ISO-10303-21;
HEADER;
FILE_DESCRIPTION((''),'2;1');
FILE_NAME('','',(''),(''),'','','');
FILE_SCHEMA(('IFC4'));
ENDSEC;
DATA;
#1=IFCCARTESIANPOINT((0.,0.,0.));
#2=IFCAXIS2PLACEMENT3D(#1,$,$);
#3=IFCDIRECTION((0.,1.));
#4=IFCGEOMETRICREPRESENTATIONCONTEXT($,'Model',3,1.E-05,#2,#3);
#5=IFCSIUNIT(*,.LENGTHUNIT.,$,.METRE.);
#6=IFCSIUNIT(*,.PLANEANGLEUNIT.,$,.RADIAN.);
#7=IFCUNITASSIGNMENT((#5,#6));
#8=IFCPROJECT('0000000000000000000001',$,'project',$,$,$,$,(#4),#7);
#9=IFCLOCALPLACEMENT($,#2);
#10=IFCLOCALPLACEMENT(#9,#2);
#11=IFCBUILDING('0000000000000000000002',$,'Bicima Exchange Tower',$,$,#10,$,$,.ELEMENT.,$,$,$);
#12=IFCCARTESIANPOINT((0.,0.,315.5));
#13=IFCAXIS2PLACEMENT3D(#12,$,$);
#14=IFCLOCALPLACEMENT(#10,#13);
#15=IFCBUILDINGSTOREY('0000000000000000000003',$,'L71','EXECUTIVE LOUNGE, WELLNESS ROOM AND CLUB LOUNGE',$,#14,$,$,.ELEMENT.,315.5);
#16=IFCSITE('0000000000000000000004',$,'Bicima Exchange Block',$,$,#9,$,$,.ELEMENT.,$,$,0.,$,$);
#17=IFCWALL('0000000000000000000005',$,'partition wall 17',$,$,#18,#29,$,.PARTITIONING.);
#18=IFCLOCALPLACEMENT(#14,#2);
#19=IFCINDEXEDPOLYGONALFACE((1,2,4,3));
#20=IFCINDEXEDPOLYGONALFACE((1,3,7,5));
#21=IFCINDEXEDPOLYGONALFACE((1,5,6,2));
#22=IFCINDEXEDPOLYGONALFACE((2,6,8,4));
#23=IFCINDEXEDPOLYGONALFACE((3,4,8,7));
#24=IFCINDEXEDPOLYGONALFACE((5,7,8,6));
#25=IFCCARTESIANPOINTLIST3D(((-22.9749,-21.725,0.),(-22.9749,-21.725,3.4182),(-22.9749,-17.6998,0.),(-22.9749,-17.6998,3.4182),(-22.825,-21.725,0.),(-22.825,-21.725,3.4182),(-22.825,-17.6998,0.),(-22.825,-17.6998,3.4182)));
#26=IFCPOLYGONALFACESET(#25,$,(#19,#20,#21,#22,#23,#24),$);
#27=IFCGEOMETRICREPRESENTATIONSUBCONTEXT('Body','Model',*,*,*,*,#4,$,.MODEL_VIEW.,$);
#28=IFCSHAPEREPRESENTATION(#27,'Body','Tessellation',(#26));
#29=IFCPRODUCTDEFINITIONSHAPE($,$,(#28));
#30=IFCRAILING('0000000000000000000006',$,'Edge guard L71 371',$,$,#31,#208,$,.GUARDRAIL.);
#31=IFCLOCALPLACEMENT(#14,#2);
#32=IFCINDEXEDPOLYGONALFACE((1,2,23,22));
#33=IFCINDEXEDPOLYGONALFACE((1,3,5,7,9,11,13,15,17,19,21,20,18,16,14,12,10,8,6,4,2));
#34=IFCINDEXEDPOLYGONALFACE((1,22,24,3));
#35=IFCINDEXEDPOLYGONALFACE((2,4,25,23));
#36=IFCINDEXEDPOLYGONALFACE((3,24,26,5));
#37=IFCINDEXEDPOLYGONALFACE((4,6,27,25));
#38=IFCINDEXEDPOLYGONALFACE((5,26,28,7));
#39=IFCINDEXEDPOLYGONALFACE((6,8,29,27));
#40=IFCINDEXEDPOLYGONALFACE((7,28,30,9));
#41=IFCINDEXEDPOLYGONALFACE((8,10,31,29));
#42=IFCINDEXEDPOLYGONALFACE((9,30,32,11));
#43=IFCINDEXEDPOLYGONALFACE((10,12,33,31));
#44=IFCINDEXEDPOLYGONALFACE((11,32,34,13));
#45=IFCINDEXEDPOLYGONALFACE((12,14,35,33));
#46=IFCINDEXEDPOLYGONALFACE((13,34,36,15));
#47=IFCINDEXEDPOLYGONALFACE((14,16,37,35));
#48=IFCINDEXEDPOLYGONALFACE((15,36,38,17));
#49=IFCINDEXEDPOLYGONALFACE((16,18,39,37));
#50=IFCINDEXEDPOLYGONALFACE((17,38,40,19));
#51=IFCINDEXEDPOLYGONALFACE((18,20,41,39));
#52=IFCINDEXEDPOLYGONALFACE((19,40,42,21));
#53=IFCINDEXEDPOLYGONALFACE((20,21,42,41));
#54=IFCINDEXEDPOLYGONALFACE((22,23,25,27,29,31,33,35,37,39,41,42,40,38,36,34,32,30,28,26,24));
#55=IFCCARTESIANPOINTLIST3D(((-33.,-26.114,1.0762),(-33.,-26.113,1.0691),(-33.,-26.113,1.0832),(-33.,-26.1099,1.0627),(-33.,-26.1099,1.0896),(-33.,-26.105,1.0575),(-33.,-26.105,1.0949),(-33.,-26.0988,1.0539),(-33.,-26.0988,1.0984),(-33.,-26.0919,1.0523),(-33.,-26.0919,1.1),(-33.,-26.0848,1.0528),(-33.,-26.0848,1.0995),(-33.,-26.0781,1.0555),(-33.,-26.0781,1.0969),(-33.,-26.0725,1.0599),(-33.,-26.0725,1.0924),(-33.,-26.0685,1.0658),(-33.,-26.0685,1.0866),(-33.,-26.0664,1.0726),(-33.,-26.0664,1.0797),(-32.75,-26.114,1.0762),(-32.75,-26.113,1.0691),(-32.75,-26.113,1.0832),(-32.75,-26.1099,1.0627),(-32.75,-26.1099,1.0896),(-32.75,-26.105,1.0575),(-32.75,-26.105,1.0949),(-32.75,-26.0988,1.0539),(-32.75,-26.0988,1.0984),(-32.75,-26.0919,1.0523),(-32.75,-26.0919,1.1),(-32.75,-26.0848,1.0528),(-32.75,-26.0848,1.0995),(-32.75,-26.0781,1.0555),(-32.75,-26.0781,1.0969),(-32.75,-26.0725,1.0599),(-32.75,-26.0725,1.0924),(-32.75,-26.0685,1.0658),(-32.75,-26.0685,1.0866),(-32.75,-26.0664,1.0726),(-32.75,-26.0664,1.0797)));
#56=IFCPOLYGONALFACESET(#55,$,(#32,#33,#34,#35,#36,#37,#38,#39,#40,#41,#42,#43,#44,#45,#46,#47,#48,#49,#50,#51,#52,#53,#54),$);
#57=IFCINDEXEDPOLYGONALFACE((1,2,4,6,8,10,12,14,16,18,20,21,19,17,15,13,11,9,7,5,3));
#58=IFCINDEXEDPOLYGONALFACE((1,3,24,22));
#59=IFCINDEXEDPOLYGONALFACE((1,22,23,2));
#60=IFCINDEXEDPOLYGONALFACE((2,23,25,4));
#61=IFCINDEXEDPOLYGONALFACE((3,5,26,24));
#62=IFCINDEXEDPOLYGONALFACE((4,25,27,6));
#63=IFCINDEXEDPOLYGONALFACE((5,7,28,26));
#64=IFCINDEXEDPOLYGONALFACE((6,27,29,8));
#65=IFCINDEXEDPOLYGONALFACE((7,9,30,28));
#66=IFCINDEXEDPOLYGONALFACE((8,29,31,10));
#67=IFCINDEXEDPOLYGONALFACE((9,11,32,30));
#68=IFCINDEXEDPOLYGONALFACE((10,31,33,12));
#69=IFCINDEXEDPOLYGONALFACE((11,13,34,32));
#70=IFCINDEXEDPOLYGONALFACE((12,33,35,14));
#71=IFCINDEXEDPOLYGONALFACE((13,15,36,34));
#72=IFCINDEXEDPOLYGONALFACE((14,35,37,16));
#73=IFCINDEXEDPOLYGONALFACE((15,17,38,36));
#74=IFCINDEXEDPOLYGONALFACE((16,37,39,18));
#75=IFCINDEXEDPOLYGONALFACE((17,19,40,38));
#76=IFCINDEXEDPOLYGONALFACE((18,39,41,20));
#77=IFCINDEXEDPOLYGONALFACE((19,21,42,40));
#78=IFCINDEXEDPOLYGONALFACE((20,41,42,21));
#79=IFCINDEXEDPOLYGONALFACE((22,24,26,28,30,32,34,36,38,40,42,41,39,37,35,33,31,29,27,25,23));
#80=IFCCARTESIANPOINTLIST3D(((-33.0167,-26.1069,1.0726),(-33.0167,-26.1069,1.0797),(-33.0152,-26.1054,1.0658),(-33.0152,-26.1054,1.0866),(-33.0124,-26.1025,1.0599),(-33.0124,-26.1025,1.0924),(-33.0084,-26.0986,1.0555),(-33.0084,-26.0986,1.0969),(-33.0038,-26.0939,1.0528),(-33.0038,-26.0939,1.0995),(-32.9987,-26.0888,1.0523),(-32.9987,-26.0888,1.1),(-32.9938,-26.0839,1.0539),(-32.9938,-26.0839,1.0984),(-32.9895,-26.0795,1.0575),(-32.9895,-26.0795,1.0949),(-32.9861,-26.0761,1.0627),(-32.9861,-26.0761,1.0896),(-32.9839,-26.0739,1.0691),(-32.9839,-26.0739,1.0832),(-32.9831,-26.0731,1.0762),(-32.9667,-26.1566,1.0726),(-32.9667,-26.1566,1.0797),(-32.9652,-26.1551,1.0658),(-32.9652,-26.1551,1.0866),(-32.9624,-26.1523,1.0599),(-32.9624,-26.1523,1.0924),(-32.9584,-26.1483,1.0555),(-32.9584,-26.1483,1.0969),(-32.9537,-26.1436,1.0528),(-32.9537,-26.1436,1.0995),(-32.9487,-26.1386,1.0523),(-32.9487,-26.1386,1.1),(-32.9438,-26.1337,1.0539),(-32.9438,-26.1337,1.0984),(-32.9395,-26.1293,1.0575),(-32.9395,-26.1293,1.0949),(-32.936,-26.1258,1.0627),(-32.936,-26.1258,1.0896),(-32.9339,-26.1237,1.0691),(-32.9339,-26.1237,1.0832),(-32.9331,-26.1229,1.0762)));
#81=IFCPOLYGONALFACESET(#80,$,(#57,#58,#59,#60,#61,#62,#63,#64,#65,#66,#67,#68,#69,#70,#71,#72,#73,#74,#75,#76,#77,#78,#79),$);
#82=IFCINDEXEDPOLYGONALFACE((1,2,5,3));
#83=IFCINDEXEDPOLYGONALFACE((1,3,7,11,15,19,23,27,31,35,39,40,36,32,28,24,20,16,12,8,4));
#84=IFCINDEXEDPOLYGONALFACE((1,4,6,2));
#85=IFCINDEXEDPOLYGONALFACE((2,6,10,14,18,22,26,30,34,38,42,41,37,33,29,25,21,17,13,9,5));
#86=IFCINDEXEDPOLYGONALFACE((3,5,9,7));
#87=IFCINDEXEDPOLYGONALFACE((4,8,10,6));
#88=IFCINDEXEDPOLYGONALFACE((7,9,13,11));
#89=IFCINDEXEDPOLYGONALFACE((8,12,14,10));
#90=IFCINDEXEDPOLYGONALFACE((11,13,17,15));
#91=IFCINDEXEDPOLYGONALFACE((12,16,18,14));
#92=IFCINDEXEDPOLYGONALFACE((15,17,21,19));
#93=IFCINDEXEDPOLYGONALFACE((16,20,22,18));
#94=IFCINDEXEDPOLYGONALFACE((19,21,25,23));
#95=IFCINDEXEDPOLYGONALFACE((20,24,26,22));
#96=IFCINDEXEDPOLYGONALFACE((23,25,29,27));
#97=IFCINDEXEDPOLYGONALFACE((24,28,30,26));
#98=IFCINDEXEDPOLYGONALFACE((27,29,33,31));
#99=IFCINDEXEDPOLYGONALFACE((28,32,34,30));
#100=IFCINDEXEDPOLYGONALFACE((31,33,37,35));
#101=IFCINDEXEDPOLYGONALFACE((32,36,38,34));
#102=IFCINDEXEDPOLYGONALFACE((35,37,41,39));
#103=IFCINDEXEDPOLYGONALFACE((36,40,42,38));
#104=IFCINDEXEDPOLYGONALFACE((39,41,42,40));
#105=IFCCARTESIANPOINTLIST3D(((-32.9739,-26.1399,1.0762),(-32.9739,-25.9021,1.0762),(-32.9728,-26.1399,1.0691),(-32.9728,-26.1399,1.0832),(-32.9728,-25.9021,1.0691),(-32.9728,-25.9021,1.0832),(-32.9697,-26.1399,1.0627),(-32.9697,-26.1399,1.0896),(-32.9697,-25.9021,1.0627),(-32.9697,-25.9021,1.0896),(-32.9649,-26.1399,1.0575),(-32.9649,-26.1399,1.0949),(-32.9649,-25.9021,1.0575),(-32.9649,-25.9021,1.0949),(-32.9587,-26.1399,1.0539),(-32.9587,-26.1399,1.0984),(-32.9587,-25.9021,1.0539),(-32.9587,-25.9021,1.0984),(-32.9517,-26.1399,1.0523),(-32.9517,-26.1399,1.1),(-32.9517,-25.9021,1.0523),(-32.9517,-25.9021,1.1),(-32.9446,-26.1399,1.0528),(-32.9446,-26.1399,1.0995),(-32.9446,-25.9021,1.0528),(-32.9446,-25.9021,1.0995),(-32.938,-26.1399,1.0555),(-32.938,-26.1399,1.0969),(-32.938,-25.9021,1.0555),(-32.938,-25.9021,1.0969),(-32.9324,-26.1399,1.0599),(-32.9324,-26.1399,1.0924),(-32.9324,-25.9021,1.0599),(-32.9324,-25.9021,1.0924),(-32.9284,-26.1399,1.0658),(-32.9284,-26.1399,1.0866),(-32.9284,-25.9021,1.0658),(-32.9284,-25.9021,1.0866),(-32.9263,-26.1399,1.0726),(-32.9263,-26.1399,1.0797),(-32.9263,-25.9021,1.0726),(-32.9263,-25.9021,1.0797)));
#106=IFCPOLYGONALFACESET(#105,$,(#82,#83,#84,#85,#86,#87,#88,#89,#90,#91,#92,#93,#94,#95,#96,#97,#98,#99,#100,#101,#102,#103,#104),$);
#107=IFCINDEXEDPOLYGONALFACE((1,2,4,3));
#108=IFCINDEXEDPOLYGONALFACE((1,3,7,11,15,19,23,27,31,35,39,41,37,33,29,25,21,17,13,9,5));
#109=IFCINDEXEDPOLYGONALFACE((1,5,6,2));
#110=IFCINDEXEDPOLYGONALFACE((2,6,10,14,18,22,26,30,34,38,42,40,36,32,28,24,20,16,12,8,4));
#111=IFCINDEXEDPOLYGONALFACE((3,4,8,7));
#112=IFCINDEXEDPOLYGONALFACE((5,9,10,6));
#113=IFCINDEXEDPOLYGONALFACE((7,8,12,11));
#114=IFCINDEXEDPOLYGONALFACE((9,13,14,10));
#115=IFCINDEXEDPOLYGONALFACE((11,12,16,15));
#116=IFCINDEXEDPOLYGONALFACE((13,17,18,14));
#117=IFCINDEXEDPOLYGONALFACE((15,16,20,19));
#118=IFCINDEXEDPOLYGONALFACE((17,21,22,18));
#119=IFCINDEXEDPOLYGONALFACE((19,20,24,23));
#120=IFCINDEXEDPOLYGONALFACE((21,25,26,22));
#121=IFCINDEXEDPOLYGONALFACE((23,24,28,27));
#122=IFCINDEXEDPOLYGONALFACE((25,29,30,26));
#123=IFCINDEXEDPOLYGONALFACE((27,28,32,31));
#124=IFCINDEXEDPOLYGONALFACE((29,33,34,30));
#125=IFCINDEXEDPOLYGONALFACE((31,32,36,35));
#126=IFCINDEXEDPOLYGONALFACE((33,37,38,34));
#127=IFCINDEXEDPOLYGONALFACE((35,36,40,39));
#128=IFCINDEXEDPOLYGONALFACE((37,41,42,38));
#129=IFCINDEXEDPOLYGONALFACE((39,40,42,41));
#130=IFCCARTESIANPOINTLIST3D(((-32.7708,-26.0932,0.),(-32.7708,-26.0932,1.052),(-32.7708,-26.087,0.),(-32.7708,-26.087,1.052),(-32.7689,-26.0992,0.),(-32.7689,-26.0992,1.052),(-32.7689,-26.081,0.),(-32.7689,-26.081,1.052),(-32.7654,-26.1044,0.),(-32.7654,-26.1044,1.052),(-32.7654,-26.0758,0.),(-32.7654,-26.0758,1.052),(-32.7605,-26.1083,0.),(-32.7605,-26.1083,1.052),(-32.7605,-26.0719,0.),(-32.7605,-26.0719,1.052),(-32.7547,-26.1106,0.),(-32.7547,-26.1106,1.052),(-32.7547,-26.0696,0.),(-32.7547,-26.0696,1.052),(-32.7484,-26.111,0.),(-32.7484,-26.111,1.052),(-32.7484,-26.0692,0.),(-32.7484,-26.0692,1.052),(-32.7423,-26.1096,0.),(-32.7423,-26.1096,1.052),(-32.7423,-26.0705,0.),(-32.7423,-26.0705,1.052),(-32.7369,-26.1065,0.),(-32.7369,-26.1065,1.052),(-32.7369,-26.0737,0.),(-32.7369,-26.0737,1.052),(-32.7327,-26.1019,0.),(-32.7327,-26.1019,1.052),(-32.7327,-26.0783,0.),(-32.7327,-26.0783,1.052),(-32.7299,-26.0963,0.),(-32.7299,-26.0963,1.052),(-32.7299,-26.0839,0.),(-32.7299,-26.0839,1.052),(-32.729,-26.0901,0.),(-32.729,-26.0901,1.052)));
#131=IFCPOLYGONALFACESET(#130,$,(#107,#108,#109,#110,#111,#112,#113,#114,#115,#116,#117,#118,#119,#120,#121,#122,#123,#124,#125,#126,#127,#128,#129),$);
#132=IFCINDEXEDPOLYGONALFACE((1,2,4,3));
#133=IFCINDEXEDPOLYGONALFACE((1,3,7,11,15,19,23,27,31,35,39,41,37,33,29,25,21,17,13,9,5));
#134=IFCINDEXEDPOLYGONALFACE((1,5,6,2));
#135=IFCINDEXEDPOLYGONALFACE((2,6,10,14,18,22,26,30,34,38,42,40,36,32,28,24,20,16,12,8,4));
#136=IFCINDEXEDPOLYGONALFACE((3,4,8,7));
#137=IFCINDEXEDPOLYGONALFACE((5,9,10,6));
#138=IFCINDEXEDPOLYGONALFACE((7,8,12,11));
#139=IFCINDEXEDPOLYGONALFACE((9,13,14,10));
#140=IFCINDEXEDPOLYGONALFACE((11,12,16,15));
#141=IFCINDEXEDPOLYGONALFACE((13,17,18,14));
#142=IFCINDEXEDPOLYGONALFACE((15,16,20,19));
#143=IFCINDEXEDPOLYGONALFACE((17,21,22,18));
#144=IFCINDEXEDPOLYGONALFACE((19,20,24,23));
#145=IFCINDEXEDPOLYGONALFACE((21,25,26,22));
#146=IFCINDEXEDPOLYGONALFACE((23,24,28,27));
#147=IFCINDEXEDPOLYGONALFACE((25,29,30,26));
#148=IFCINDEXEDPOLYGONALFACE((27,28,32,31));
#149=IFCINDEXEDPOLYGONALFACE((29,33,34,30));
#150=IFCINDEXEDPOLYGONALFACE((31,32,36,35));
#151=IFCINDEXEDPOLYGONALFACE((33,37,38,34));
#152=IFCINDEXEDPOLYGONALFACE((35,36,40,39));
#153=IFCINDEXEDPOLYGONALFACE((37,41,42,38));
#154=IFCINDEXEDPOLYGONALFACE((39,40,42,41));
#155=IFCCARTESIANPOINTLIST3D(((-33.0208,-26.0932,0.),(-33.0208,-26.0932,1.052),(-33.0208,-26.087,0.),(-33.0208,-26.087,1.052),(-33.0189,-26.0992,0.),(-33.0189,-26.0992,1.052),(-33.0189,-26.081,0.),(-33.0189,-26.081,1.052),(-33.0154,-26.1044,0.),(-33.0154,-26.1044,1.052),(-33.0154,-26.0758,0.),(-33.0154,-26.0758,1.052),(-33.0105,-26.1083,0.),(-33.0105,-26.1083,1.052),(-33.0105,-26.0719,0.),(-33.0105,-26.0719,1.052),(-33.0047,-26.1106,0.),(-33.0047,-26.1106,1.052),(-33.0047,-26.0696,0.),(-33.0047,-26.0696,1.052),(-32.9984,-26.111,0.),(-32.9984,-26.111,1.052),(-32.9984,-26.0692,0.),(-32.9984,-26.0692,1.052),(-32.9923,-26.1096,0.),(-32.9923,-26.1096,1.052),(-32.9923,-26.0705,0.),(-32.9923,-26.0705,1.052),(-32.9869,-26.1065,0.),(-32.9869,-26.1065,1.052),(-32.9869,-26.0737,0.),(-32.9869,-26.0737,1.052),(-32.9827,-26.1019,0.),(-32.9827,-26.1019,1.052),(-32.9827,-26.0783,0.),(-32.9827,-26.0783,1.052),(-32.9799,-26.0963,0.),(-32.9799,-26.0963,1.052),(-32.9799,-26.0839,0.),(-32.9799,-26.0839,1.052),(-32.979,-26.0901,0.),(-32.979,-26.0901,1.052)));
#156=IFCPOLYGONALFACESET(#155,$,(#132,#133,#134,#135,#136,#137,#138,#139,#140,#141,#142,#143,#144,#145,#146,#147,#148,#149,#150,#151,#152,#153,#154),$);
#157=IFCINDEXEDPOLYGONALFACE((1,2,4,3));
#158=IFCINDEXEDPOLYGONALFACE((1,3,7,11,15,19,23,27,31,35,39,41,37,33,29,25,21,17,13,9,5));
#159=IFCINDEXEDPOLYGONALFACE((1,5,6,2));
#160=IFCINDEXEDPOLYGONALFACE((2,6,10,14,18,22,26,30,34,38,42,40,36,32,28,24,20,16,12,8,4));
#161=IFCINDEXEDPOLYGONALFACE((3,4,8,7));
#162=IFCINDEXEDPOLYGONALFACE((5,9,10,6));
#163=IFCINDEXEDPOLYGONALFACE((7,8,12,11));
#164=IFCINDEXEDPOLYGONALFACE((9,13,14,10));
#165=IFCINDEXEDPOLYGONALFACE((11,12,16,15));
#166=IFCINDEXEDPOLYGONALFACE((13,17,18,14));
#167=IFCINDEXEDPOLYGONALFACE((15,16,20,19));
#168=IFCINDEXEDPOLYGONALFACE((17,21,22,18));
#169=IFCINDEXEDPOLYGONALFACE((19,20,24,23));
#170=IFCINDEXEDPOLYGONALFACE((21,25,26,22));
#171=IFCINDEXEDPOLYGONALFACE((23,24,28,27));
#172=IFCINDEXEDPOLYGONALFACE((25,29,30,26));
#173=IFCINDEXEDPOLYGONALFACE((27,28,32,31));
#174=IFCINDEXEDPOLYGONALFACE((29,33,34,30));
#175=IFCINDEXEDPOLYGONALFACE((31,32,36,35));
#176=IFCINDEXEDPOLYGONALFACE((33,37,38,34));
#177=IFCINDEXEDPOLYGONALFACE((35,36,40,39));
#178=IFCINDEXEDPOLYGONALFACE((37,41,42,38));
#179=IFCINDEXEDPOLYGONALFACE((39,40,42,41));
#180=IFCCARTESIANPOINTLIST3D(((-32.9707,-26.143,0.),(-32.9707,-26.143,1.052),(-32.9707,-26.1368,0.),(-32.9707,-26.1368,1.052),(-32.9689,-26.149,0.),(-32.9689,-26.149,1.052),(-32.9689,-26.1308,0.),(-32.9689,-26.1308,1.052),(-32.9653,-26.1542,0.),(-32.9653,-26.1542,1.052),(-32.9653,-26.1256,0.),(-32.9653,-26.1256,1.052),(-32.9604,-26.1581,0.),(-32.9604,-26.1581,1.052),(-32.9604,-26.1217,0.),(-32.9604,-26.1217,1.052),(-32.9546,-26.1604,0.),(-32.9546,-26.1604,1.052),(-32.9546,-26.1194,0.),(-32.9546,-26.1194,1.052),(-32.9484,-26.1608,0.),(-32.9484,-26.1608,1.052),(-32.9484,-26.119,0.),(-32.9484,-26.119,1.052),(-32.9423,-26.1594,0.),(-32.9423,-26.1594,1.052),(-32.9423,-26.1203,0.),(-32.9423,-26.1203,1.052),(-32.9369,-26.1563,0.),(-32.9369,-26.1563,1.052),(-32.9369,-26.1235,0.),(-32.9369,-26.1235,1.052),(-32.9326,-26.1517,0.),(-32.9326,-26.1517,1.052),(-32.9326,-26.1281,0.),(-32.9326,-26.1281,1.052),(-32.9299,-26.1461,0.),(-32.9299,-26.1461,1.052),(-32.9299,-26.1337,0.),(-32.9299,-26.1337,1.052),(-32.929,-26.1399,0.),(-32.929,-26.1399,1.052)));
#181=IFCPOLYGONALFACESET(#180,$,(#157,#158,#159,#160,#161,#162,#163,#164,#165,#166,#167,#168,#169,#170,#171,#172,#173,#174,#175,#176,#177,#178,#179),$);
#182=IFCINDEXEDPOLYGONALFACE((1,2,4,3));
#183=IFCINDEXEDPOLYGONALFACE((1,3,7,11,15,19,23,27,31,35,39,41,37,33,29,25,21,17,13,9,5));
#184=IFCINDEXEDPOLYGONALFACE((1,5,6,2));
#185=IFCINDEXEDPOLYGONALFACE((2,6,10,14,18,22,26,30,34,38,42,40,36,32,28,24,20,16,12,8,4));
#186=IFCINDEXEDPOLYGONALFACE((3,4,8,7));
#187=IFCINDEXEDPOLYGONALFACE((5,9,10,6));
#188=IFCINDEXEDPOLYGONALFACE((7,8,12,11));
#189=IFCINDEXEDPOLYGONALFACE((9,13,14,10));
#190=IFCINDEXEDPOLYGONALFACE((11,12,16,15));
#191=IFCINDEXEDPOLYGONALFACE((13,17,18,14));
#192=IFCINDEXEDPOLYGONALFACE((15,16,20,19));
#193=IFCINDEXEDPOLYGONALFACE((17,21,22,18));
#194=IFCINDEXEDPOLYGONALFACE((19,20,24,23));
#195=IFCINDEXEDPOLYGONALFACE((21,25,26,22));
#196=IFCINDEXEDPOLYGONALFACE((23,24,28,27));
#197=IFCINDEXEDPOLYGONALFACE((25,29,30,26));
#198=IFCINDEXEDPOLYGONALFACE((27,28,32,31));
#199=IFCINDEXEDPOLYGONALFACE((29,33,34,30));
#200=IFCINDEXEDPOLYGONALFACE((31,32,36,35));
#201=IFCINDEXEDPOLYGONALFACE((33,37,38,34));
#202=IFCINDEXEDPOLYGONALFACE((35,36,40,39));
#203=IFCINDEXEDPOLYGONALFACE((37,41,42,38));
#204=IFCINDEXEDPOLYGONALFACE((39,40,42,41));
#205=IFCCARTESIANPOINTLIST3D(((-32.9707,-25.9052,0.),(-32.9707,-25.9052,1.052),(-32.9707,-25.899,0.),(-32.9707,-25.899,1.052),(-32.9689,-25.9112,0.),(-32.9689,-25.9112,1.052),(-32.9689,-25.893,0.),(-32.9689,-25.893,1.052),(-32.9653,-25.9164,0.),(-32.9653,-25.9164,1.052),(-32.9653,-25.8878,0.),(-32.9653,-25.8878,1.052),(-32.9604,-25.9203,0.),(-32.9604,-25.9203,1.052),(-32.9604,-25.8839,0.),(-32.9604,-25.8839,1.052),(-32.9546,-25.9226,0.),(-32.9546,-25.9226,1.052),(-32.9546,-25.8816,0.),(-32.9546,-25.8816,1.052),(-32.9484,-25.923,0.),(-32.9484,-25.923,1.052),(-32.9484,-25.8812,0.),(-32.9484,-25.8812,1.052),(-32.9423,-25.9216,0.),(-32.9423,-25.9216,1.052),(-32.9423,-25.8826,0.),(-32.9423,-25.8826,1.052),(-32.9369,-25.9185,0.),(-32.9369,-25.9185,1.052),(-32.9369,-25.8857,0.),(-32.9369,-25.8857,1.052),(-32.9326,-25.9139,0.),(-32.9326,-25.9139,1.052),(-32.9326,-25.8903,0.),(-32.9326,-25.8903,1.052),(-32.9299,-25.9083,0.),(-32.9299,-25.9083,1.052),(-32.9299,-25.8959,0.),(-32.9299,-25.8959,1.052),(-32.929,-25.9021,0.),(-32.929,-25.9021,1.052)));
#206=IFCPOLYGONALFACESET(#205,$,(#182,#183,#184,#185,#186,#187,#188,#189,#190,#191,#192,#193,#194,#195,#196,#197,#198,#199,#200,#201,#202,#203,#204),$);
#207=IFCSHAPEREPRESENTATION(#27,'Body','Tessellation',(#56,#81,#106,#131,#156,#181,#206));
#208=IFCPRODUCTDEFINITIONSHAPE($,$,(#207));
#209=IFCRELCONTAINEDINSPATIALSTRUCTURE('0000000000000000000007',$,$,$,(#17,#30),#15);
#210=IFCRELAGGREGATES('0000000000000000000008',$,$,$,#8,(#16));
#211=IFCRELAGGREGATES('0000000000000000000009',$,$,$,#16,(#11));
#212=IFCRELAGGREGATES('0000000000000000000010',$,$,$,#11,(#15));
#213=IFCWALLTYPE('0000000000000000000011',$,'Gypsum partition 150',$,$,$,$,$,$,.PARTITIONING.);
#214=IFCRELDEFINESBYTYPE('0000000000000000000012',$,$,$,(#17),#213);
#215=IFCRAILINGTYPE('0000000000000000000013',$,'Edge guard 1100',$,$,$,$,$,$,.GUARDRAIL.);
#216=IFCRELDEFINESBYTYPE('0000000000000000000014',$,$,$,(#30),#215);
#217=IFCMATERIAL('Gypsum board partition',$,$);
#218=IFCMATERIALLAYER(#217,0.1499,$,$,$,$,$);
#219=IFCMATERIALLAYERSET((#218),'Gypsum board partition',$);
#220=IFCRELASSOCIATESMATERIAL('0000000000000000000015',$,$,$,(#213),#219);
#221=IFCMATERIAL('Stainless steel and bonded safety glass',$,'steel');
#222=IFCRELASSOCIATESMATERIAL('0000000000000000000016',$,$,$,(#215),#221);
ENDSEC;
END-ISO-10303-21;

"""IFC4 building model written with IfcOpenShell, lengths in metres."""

from ifc_helpers import new_model, si_unit, direction, frame, frame_2d, origin, origin_2d, place, context, subcontext, project, spatial, rectangle, circle, extrude, material, layer, layer_set, type_object, element, save


model = new_model("IFC4")

# Units and contexts
model_context = context("Model", 3, precision=1e-05, world=origin(), true_north=direction((0.0, 1.0)))
body_context = subcontext(model_context, "Body", "Model", "MODEL_VIEW")
ifc_project = project(units=[si_unit("LENGTHUNIT", "METRE"), si_unit("PLANEANGLEUNIT", "RADIAN")], contexts=[model_context])

# Site, building, storey
site_placement = place(None, origin())
site = spatial("IfcSite", under=ifc_project, at=site_placement, Name="Bicima Exchange Block", CompositionType="ELEMENT", RefElevation=0.0)
building_placement = place(site_placement, origin())
building = spatial("IfcBuilding", under=site, at=building_placement, Name="Bicima Exchange Tower", CompositionType="ELEMENT")
storey_placement = place(building_placement, frame((0.0, 0.0, 315.5)))
storey = spatial("IfcBuildingStorey", under=building, at=storey_placement, Name="L71", Description="EXECUTIVE LOUNGE, WELLNESS ROOM AND CLUB LOUNGE", CompositionType="ELEMENT", Elevation=315.5)

# Shared definitions
ifc_material_1 = material(Name="Gypsum board partition")

# Wall
ifc_layer_1 = layer(ifc_material_1, 0.1499)
ifc_layer_set_1 = layer_set([ifc_layer_1], Name="Gypsum board partition")
wall_type_1 = type_object("IfcWallType", Name="Gypsum partition 150", PredefinedType="PARTITIONING", material=ifc_layer_set_1)
wall_1_placement = place(storey_placement, frame((-22.8999, -21.7251, 0.0), z_axis=(0.0, 0.0, 1.0), x_axis=(0.0, 1.0, 0.0)))
element("IfcWall", 1, at=wall_1_placement, inside=storey, type_object=wall_type_1, Name="partition wall 17", PredefinedType="PARTITIONING", context=body_context, shape_type="SweptSolid", body=[
    extrude(rectangle(XDim=4.0251, YDim=0.1499, at=frame_2d((2.0127, 0.0))), origin(), (0.0, 0.0, 1.0), 3.4182),
])

# Railing
ifc_material_2 = material(Name="Stainless steel and bonded safety glass", Category="steel")
railing_type = type_object("IfcRailingType", Name="Edge guard 1100", PredefinedType="GUARDRAIL", material=ifc_material_2)
railing_placement = place(storey_placement, frame((-32.75, -26.0901, 0.0)))
element("IfcRailing", 2, at=railing_placement, inside=storey, type_object=railing_type, Name="Edge guard L71 371", PredefinedType="GUARDRAIL", context=body_context, shape_type="SweptSolid", body=[
    extrude(circle(Radius=0.0239, at=origin_2d()), frame((0.0, 0.0, 1.0762), z_axis=(-1.0, 0.0, 0.0), x_axis=(0.0, -1.0, 0.0)), (0.0, 0.0, 1.0), 0.25),
    extrude(circle(Radius=0.0239, at=origin_2d()), frame((-0.25, 0.0, 1.0762), z_axis=(0.708834, -0.705376, 0.0), x_axis=(0.705376, 0.708834, 0.0)), (0.0, 0.0, 1.0), 0.0706),
    extrude(circle(Radius=0.0239, at=origin_2d()), frame((-0.2, -0.0498, 1.0762), z_axis=(0.0, 1.0, 0.0), x_axis=(-1.0, 0.0, 0.0)), (0.0, 0.0, 1.0), 0.2378),
    extrude(circle(Radius=0.021, at=origin_2d()), origin(), (0.0, 0.0, 1.0), 1.052),
    extrude(circle(Radius=0.021, at=origin_2d()), frame((-0.25, 0.0, 0.0)), (0.0, 0.0, 1.0), 1.052),
    extrude(circle(Radius=0.021, at=origin_2d()), frame((-0.2, -0.0498, 0.0)), (0.0, 0.0, 1.0), 1.052),
    extrude(circle(Radius=0.021, at=origin_2d()), frame((-0.2, 0.188, 0.0)), (0.0, 0.0, 1.0), 1.052),
])

save(model, "model.ifc")
